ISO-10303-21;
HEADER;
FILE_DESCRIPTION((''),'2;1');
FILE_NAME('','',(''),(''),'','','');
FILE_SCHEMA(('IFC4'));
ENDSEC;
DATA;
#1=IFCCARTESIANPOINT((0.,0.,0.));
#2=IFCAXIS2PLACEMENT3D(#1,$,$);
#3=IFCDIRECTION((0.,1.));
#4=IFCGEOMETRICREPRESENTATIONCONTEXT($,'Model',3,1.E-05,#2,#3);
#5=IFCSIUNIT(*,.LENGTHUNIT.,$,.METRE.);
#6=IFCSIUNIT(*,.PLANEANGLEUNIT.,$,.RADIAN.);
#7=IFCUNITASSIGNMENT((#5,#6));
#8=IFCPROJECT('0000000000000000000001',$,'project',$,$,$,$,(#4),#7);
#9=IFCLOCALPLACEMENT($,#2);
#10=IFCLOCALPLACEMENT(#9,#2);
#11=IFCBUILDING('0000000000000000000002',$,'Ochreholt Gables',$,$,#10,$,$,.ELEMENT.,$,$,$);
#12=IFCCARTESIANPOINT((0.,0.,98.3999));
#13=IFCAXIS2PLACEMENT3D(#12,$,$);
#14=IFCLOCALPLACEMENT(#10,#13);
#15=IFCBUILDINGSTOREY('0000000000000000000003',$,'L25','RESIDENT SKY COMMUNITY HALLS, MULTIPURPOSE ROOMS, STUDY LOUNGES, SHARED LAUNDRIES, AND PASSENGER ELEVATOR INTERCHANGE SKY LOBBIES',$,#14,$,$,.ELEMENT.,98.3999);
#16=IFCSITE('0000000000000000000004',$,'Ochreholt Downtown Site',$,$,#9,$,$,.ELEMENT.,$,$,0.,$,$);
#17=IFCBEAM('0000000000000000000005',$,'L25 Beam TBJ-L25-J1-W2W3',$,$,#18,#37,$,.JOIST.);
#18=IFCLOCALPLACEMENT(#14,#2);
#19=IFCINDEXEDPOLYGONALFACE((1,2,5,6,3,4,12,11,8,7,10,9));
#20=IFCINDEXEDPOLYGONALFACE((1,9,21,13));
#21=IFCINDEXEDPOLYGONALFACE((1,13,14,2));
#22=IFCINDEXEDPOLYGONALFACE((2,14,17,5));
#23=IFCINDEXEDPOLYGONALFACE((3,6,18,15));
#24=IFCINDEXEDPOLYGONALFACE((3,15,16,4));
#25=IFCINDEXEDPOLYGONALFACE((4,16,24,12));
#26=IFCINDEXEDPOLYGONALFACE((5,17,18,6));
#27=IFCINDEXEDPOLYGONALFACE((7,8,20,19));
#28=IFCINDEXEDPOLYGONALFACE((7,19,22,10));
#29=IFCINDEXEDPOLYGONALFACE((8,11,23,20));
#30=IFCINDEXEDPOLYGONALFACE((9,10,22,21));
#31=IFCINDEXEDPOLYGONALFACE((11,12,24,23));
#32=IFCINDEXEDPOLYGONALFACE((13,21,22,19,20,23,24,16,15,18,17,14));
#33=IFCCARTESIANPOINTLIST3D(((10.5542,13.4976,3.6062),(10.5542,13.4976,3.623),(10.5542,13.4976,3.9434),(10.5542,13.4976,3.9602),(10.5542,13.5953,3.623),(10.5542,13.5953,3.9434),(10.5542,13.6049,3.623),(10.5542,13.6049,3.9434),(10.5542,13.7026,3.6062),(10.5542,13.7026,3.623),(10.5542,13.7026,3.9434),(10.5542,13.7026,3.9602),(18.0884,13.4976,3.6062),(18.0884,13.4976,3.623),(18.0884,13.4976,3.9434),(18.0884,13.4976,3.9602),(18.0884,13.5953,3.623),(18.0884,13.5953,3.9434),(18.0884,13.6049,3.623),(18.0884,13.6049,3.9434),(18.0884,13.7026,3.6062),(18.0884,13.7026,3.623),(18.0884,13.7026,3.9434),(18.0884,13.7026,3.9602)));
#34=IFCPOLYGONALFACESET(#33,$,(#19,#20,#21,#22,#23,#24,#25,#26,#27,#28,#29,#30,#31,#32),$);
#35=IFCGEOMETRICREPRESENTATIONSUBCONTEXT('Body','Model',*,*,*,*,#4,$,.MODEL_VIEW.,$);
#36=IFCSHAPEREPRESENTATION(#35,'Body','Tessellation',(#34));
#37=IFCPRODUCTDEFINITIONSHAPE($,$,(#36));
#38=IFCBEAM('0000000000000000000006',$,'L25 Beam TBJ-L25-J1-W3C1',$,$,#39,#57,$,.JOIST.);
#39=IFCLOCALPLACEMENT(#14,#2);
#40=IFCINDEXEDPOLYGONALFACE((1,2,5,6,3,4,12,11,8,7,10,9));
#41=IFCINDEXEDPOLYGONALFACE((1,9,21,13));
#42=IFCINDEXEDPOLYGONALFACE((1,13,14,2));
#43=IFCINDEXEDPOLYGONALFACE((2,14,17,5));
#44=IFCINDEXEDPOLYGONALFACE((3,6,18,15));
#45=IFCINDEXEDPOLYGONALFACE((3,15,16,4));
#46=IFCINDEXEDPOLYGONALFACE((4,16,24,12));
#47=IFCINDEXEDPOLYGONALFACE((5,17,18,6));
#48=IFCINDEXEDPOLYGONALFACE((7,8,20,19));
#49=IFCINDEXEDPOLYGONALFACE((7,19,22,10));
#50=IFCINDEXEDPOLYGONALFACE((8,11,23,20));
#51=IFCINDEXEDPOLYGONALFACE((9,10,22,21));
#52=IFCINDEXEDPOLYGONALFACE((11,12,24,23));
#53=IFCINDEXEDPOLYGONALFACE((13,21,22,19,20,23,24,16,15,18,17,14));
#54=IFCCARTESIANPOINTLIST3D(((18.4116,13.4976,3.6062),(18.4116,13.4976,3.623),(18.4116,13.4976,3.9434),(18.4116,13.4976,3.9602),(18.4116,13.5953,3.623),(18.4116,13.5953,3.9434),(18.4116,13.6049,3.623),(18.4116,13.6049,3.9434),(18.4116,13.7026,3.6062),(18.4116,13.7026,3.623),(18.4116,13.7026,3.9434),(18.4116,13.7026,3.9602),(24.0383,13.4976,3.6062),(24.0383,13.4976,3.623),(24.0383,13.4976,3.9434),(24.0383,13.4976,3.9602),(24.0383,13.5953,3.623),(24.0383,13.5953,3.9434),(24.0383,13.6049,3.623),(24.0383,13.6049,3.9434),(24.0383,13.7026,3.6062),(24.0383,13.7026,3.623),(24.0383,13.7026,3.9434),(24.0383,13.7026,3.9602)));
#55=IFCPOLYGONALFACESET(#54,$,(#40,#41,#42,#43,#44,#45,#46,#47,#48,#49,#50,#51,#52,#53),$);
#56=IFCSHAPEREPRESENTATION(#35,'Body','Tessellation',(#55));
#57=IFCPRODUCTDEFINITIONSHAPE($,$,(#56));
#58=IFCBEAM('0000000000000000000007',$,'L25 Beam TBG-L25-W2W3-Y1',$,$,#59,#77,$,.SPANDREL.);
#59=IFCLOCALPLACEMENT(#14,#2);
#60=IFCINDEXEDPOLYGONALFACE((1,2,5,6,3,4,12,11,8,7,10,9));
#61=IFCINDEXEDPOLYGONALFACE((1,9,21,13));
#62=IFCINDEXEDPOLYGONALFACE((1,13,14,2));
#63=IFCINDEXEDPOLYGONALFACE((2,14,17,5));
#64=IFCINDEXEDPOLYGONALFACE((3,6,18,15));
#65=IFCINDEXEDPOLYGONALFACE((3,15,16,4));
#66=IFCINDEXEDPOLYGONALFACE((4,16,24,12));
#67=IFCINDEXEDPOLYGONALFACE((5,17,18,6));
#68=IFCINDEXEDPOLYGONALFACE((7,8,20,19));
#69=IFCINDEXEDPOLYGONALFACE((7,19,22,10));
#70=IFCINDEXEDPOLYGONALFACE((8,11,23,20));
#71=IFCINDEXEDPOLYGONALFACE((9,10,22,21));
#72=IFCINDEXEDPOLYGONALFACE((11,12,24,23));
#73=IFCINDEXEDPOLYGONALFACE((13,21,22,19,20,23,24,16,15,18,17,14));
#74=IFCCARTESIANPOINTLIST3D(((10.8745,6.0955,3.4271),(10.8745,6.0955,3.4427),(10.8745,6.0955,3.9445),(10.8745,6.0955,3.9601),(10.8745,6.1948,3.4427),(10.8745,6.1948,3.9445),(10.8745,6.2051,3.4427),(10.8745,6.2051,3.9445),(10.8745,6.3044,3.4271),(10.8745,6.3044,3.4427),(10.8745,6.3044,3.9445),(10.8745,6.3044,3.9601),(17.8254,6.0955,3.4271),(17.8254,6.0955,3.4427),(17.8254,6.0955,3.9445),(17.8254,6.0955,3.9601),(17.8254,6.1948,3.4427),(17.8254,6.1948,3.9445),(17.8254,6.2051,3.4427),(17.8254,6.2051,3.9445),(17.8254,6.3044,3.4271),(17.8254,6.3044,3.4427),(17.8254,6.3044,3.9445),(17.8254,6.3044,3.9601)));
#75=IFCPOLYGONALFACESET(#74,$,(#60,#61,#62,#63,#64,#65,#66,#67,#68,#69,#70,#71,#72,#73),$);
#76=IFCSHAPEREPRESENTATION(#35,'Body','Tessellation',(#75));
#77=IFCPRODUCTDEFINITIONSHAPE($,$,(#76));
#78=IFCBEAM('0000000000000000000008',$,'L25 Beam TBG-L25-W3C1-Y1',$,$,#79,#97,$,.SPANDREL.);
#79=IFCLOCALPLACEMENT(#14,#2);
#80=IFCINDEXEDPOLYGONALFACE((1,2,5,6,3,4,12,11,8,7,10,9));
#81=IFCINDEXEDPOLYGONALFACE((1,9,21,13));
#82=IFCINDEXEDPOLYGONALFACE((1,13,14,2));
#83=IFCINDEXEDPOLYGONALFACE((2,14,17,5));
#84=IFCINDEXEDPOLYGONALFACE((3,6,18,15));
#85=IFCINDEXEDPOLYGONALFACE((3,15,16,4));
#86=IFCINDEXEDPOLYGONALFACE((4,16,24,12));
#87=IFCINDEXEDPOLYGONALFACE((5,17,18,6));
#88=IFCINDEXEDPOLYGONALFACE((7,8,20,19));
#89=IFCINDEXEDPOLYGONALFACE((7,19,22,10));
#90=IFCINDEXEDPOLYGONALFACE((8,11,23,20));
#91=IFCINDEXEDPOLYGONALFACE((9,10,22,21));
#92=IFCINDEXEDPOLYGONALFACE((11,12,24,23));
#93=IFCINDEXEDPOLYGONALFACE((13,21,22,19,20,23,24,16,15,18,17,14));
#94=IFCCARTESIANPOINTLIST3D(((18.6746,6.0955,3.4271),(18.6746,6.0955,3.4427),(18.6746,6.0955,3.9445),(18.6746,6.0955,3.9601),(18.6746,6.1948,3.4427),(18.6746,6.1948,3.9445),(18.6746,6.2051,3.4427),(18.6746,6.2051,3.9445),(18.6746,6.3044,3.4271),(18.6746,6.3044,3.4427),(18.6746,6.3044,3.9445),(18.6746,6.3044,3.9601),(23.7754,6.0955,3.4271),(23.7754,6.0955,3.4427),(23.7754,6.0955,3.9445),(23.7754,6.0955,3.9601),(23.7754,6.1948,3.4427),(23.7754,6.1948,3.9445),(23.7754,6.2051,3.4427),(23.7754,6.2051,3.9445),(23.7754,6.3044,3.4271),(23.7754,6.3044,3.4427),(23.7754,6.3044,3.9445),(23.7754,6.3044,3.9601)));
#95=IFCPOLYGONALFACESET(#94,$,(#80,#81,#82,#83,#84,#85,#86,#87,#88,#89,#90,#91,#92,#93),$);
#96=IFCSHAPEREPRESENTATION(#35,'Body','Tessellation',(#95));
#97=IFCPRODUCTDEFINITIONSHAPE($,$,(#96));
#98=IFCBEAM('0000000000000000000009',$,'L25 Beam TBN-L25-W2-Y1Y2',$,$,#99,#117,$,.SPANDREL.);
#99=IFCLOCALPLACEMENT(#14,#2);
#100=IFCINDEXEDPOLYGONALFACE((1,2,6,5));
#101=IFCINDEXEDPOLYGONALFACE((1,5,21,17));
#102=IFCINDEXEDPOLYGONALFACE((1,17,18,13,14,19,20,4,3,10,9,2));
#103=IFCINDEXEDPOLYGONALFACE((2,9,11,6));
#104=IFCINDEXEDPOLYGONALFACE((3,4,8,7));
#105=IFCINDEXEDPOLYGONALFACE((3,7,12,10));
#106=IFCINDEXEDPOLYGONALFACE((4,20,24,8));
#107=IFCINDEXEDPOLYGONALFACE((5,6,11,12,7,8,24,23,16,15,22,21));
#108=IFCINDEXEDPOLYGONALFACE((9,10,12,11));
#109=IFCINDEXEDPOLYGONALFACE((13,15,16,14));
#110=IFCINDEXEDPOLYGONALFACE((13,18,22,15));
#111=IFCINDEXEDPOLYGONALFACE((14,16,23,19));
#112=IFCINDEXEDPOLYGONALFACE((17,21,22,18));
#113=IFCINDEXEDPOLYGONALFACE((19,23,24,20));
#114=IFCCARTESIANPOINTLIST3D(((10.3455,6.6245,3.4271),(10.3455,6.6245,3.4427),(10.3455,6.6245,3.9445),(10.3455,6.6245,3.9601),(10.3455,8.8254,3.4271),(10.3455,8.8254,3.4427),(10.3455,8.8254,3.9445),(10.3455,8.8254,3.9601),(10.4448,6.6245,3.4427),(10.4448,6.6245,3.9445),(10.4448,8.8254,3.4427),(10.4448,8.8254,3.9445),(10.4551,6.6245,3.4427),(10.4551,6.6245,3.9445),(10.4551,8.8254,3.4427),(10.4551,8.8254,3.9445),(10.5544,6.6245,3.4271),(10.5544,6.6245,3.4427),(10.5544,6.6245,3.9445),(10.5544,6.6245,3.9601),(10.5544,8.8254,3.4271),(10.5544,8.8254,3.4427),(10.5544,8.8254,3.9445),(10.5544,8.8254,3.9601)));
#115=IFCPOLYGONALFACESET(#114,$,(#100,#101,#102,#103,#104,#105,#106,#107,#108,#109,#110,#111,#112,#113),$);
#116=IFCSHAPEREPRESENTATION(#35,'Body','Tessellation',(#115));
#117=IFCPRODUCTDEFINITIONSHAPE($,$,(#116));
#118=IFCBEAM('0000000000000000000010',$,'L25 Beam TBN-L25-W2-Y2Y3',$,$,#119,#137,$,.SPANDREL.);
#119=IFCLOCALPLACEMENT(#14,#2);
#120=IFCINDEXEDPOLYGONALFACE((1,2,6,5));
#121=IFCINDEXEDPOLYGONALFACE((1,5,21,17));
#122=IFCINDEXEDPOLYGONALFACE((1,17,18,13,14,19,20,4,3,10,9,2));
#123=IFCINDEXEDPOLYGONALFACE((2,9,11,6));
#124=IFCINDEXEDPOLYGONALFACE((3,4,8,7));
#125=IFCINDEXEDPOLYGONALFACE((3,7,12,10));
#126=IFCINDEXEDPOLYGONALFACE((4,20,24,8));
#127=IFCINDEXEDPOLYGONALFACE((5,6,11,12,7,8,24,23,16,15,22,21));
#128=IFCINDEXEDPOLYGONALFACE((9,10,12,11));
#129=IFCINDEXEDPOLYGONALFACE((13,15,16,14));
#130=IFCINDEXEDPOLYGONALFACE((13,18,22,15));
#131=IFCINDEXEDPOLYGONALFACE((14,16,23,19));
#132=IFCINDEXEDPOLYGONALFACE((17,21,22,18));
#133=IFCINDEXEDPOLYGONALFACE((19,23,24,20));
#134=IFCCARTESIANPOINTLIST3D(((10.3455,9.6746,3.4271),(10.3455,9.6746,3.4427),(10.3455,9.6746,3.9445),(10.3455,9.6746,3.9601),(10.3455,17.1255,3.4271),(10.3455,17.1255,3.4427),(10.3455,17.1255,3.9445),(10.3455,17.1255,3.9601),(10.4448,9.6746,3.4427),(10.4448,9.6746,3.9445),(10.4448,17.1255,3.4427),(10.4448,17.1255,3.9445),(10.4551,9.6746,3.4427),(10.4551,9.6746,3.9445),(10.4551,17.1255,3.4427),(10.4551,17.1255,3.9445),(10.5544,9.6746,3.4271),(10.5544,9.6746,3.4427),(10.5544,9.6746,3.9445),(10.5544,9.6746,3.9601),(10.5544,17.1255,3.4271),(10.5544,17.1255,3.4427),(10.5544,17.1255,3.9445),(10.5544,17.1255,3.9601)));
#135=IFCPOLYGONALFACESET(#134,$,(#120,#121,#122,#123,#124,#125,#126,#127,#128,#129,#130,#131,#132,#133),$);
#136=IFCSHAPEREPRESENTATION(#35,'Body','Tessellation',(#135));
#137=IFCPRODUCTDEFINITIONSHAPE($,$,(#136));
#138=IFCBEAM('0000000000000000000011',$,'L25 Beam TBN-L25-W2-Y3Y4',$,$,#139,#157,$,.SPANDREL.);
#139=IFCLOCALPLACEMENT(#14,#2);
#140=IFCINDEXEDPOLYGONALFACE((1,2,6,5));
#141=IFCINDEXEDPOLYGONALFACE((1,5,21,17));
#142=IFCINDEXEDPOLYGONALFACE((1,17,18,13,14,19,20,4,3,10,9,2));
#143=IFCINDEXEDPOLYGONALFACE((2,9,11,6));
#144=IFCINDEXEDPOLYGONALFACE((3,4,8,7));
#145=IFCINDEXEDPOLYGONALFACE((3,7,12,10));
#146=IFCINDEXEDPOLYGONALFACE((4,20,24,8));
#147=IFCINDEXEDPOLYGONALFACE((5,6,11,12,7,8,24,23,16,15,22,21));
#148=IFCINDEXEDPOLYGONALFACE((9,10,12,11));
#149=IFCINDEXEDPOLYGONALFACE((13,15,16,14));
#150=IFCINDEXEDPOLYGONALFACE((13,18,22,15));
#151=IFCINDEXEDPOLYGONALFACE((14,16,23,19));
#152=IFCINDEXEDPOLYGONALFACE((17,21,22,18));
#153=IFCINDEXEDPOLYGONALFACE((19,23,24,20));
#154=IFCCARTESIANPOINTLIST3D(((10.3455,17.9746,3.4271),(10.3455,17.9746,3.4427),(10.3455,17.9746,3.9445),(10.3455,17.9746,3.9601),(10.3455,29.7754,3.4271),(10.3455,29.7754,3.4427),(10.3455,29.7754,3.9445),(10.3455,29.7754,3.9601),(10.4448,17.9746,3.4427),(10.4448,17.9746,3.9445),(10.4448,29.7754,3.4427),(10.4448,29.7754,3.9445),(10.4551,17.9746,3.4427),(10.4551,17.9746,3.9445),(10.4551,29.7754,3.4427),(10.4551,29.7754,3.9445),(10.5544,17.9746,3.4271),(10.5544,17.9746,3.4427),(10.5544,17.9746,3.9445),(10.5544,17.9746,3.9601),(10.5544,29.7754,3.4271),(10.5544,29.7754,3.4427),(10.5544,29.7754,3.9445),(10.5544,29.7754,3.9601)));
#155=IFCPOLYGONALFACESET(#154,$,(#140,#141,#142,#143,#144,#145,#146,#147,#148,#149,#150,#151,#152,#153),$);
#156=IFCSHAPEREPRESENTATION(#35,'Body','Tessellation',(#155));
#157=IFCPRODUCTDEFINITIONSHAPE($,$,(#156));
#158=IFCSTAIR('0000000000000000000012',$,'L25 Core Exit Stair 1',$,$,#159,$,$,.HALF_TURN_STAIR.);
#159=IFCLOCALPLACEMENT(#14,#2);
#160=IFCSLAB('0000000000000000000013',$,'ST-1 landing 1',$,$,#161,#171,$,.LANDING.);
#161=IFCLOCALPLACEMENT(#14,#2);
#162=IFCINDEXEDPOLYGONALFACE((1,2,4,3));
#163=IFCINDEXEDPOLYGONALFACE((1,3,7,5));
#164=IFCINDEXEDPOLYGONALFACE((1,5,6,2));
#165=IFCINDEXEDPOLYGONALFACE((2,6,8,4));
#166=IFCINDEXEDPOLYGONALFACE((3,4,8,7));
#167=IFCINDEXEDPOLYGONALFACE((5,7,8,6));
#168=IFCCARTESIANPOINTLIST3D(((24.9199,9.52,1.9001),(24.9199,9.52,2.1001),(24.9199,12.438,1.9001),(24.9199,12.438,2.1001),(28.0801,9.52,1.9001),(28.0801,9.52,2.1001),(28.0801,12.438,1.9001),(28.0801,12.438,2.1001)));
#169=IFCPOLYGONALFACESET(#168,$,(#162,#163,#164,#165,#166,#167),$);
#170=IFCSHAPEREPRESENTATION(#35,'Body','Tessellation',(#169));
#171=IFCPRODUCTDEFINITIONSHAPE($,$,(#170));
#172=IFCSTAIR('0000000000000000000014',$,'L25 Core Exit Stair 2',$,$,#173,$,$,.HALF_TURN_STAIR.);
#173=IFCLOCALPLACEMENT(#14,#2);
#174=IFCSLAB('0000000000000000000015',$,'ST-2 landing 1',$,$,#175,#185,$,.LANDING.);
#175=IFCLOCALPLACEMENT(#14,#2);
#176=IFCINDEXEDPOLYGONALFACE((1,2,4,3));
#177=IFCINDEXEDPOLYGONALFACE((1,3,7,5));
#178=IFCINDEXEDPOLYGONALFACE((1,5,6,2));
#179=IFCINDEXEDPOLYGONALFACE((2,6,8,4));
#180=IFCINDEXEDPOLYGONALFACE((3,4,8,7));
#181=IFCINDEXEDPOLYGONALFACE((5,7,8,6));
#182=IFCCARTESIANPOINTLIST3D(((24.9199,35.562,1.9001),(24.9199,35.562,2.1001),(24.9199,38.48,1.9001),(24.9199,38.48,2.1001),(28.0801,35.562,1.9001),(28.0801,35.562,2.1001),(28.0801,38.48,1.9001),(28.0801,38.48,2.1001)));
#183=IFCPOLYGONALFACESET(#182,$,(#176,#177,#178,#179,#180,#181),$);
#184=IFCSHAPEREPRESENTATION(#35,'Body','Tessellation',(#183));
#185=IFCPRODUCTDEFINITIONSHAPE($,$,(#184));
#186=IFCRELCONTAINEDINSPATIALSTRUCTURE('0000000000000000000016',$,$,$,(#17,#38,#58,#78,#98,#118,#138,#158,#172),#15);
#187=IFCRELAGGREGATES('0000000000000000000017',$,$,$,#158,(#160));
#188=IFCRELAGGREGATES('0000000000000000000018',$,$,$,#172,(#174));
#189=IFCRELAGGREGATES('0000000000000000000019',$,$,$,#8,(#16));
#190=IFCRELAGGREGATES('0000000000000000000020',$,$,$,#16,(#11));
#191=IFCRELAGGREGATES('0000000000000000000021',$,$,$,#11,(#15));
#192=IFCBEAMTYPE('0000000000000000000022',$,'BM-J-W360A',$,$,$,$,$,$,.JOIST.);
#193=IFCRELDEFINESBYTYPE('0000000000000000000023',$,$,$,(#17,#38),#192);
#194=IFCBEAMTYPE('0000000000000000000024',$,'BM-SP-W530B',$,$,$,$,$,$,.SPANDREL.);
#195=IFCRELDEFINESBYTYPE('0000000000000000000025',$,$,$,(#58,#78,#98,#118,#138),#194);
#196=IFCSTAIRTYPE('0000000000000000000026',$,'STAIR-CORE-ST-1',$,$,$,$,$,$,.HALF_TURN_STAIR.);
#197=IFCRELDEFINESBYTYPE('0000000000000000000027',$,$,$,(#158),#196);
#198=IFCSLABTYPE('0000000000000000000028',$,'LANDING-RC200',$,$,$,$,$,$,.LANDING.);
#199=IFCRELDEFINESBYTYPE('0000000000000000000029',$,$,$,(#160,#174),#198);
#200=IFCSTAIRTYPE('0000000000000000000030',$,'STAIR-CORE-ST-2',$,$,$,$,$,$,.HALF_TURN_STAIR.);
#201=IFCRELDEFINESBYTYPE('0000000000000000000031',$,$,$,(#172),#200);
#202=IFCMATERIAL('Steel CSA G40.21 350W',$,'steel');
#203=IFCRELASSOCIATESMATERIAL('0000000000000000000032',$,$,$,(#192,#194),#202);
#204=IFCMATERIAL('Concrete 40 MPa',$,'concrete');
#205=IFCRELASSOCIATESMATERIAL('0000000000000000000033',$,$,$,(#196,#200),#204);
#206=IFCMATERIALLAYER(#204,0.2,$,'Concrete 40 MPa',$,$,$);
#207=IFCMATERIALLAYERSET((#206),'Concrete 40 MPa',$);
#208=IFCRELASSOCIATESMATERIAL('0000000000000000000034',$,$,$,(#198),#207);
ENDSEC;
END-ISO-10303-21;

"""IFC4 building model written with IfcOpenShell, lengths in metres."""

from ifc_helpers import new_model, si_unit, direction, frame, origin, origin_2d, place, context, subcontext, project, spatial, polyline, i_section, outline, extrude, material, layer, layer_set, material_profile, profile_set, type_object, element, aggregate, save


model = new_model("IFC4")

# Units and contexts
model_context = context("Model", 3, precision=1e-05, world=origin(), true_north=direction((0.0, 1.0)))
body_context = subcontext(model_context, "Body", "Model", "MODEL_VIEW")
ifc_project = project(units=[si_unit("LENGTHUNIT", "METRE"), si_unit("PLANEANGLEUNIT", "RADIAN")], contexts=[model_context])

# Site, building, storey
site_placement = place(None, origin())
site = spatial("IfcSite", under=ifc_project, at=site_placement, Name="Ochreholt Downtown Site", CompositionType="ELEMENT", RefElevation=0.0)
building_placement = place(site_placement, origin())
building = spatial("IfcBuilding", under=site, at=building_placement, Name="Ochreholt Gables", CompositionType="ELEMENT")
storey_placement = place(building_placement, frame((0.0, 0.0, 98.3999)))
storey = spatial("IfcBuildingStorey", under=building, at=storey_placement, Name="L25", Description="RESIDENT SKY COMMUNITY HALLS, MULTIPURPOSE ROOMS, STUDY LOUNGES, SHARED LAUNDRIES, AND PASSENGER ELEVATOR INTERCHANGE SKY LOBBIES", CompositionType="ELEMENT", Elevation=98.3999)

# Beams
ifc_material_1 = material(Name="Steel CSA G40.21 350W", Category="steel")
ifc_material_profile_1 = material_profile(ifc_material_1, i_section(OverallWidth=0.2051, OverallDepth=0.354, WebThickness=0.0095, FlangeThickness=0.0168, at=origin_2d()), Name="W360X79")
ifc_profile_set_1 = profile_set([ifc_material_profile_1], Name="Steel CSA G40.21 350W")
beam_type_1 = type_object("IfcBeamType", Name="BM-J-W360A", PredefinedType="JOIST", material=ifc_profile_set_1)
beam_1_placement = place(storey_placement, frame((10.5542, 13.6001, 3.7832), z_axis=(1.0, 0.0, 0.0), x_axis=(0.0, 1.0, 0.0)))
element("IfcBeam", 1, at=beam_1_placement, inside=storey, type_object=beam_type_1, Name="L25 Beam TBJ-L25-J1-W2W3", PredefinedType="JOIST", context=body_context, shape_type="SweptSolid", body=[
    extrude(i_section(OverallWidth=0.2051, OverallDepth=0.354, WebThickness=0.0095, FlangeThickness=0.0168, at=origin_2d()), origin(), (0.0, 0.0, 1.0), 7.5342),
])
beam_2_placement = place(storey_placement, frame((18.4116, 13.6001, 3.7832), z_axis=(1.0, 0.0, 0.0), x_axis=(0.0, 1.0, 0.0)))
element("IfcBeam", 2, at=beam_2_placement, inside=storey, type_object=beam_type_1, Name="L25 Beam TBJ-L25-J1-W3C1", PredefinedType="JOIST", context=body_context, shape_type="SweptSolid", body=[
    extrude(i_section(OverallWidth=0.2051, OverallDepth=0.354, WebThickness=0.0095, FlangeThickness=0.0168, at=origin_2d()), origin(), (0.0, 0.0, 1.0), 5.6267),
])
ifc_material_profile_2 = material_profile(ifc_material_1, i_section(OverallWidth=0.209, OverallDepth=0.533, WebThickness=0.0103, FlangeThickness=0.0156, at=origin_2d()), Name="W530X92")
ifc_profile_set_2 = profile_set([ifc_material_profile_2], Name="Steel CSA G40.21 350W")
beam_type_2 = type_object("IfcBeamType", Name="BM-SP-W530B", PredefinedType="SPANDREL", material=ifc_profile_set_2)
beam_3_placement = place(storey_placement, frame((10.8745, 6.2, 3.6936), z_axis=(1.0, 0.0, 0.0), x_axis=(0.0, 1.0, 0.0)))
element("IfcBeam", 3, at=beam_3_placement, inside=storey, type_object=beam_type_2, Name="L25 Beam TBG-L25-W2W3-Y1", PredefinedType="SPANDREL", context=body_context, shape_type="SweptSolid", body=[
    extrude(i_section(OverallWidth=0.209, OverallDepth=0.533, WebThickness=0.0103, FlangeThickness=0.0156, at=origin_2d()), origin(), (0.0, 0.0, 1.0), 6.9509),
])
beam_4_placement = place(storey_placement, frame((18.6746, 6.2, 3.6936), z_axis=(1.0, 0.0, 0.0), x_axis=(0.0, 1.0, 0.0)))
element("IfcBeam", 4, at=beam_4_placement, inside=storey, type_object=beam_type_2, Name="L25 Beam TBG-L25-W3C1-Y1", PredefinedType="SPANDREL", context=body_context, shape_type="SweptSolid", body=[
    extrude(i_section(OverallWidth=0.209, OverallDepth=0.533, WebThickness=0.0103, FlangeThickness=0.0156, at=origin_2d()), origin(), (0.0, 0.0, 1.0), 5.1008),
])
beam_5_placement = place(storey_placement, frame((10.45, 6.6245, 3.6936), z_axis=(0.0, 1.0, 0.0), x_axis=(-1.0, 0.0, 0.0)))
element("IfcBeam", 5, at=beam_5_placement, inside=storey, type_object=beam_type_2, Name="L25 Beam TBN-L25-W2-Y1Y2", PredefinedType="SPANDREL", context=body_context, shape_type="SweptSolid", body=[
    extrude(i_section(OverallWidth=0.209, OverallDepth=0.533, WebThickness=0.0103, FlangeThickness=0.0156, at=origin_2d()), origin(), (0.0, 0.0, 1.0), 2.2009),
])
beam_6_placement = place(storey_placement, frame((10.45, 9.6746, 3.6936), z_axis=(0.0, 1.0, 0.0), x_axis=(-1.0, 0.0, 0.0)))
element("IfcBeam", 6, at=beam_6_placement, inside=storey, type_object=beam_type_2, Name="L25 Beam TBN-L25-W2-Y2Y3", PredefinedType="SPANDREL", context=body_context, shape_type="SweptSolid", body=[
    extrude(i_section(OverallWidth=0.209, OverallDepth=0.533, WebThickness=0.0103, FlangeThickness=0.0156, at=origin_2d()), origin(), (0.0, 0.0, 1.0), 7.4509),
])
beam_7_placement = place(storey_placement, frame((10.45, 17.9746, 3.6936), z_axis=(0.0, 1.0, 0.0), x_axis=(-1.0, 0.0, 0.0)))
element("IfcBeam", 7, at=beam_7_placement, inside=storey, type_object=beam_type_2, Name="L25 Beam TBN-L25-W2-Y3Y4", PredefinedType="SPANDREL", context=body_context, shape_type="SweptSolid", body=[
    extrude(i_section(OverallWidth=0.209, OverallDepth=0.533, WebThickness=0.0103, FlangeThickness=0.0156, at=origin_2d()), origin(), (0.0, 0.0, 1.0), 11.8008),
])

# Stairs, slabs
ifc_material_2 = material(Name="Concrete 40 MPa", Category="concrete")
stair_type_1 = type_object("IfcStairType", Name="STAIR-CORE-ST-1", PredefinedType="HALF_TURN_STAIR", material=ifc_material_2)
stair_1_placement = place(storey_placement, origin())
stair_1 = element("IfcStair", 8, at=stair_1_placement, inside=storey, type_object=stair_type_1, Name="L25 Core Exit Stair 1", PredefinedType="HALF_TURN_STAIR")
ifc_layer_1 = layer(ifc_material_2, 0.2, Name="Concrete 40 MPa")
ifc_layer_set_1 = layer_set([ifc_layer_1], Name="Concrete 40 MPa")
slab_type_1 = type_object("IfcSlabType", Name="LANDING-RC200", PredefinedType="LANDING", material=ifc_layer_set_1)
slab_1_placement = place(storey_placement, frame((0.0, 0.0, 1.9001)))
slab_1 = element("IfcSlab", 9, at=slab_1_placement, type_object=slab_type_1, Name="ST-1 landing 1", PredefinedType="LANDING", context=body_context, shape_type="SweptSolid", body=[
    extrude(outline(polyline([(24.9199, 12.438), (24.9199, 9.52), (28.0801, 9.52), (28.0801, 12.438), (24.9199, 12.438)])), origin(), (0.0, 0.0, 1.0), 0.2),
])
aggregate(stair_1, [slab_1])
stair_type_2 = type_object("IfcStairType", Name="STAIR-CORE-ST-2", PredefinedType="HALF_TURN_STAIR", material=ifc_material_2)
stair_2_placement = place(storey_placement, origin())
stair_2 = element("IfcStair", 10, at=stair_2_placement, inside=storey, type_object=stair_type_2, Name="L25 Core Exit Stair 2", PredefinedType="HALF_TURN_STAIR")
slab_2_placement = place(storey_placement, frame((0.0, 0.0, 1.9001)))
slab_2 = element("IfcSlab", 11, at=slab_2_placement, type_object=slab_type_1, Name="ST-2 landing 1", PredefinedType="LANDING", context=body_context, shape_type="SweptSolid", body=[
    extrude(outline(polyline([(28.0801, 35.562), (28.0801, 38.48), (24.9199, 38.48), (24.9199, 35.562), (28.0801, 35.562)])), origin(), (0.0, 0.0, 1.0), 0.2),
])
aggregate(stair_2, [slab_2])

save(model, "model.ifc")
